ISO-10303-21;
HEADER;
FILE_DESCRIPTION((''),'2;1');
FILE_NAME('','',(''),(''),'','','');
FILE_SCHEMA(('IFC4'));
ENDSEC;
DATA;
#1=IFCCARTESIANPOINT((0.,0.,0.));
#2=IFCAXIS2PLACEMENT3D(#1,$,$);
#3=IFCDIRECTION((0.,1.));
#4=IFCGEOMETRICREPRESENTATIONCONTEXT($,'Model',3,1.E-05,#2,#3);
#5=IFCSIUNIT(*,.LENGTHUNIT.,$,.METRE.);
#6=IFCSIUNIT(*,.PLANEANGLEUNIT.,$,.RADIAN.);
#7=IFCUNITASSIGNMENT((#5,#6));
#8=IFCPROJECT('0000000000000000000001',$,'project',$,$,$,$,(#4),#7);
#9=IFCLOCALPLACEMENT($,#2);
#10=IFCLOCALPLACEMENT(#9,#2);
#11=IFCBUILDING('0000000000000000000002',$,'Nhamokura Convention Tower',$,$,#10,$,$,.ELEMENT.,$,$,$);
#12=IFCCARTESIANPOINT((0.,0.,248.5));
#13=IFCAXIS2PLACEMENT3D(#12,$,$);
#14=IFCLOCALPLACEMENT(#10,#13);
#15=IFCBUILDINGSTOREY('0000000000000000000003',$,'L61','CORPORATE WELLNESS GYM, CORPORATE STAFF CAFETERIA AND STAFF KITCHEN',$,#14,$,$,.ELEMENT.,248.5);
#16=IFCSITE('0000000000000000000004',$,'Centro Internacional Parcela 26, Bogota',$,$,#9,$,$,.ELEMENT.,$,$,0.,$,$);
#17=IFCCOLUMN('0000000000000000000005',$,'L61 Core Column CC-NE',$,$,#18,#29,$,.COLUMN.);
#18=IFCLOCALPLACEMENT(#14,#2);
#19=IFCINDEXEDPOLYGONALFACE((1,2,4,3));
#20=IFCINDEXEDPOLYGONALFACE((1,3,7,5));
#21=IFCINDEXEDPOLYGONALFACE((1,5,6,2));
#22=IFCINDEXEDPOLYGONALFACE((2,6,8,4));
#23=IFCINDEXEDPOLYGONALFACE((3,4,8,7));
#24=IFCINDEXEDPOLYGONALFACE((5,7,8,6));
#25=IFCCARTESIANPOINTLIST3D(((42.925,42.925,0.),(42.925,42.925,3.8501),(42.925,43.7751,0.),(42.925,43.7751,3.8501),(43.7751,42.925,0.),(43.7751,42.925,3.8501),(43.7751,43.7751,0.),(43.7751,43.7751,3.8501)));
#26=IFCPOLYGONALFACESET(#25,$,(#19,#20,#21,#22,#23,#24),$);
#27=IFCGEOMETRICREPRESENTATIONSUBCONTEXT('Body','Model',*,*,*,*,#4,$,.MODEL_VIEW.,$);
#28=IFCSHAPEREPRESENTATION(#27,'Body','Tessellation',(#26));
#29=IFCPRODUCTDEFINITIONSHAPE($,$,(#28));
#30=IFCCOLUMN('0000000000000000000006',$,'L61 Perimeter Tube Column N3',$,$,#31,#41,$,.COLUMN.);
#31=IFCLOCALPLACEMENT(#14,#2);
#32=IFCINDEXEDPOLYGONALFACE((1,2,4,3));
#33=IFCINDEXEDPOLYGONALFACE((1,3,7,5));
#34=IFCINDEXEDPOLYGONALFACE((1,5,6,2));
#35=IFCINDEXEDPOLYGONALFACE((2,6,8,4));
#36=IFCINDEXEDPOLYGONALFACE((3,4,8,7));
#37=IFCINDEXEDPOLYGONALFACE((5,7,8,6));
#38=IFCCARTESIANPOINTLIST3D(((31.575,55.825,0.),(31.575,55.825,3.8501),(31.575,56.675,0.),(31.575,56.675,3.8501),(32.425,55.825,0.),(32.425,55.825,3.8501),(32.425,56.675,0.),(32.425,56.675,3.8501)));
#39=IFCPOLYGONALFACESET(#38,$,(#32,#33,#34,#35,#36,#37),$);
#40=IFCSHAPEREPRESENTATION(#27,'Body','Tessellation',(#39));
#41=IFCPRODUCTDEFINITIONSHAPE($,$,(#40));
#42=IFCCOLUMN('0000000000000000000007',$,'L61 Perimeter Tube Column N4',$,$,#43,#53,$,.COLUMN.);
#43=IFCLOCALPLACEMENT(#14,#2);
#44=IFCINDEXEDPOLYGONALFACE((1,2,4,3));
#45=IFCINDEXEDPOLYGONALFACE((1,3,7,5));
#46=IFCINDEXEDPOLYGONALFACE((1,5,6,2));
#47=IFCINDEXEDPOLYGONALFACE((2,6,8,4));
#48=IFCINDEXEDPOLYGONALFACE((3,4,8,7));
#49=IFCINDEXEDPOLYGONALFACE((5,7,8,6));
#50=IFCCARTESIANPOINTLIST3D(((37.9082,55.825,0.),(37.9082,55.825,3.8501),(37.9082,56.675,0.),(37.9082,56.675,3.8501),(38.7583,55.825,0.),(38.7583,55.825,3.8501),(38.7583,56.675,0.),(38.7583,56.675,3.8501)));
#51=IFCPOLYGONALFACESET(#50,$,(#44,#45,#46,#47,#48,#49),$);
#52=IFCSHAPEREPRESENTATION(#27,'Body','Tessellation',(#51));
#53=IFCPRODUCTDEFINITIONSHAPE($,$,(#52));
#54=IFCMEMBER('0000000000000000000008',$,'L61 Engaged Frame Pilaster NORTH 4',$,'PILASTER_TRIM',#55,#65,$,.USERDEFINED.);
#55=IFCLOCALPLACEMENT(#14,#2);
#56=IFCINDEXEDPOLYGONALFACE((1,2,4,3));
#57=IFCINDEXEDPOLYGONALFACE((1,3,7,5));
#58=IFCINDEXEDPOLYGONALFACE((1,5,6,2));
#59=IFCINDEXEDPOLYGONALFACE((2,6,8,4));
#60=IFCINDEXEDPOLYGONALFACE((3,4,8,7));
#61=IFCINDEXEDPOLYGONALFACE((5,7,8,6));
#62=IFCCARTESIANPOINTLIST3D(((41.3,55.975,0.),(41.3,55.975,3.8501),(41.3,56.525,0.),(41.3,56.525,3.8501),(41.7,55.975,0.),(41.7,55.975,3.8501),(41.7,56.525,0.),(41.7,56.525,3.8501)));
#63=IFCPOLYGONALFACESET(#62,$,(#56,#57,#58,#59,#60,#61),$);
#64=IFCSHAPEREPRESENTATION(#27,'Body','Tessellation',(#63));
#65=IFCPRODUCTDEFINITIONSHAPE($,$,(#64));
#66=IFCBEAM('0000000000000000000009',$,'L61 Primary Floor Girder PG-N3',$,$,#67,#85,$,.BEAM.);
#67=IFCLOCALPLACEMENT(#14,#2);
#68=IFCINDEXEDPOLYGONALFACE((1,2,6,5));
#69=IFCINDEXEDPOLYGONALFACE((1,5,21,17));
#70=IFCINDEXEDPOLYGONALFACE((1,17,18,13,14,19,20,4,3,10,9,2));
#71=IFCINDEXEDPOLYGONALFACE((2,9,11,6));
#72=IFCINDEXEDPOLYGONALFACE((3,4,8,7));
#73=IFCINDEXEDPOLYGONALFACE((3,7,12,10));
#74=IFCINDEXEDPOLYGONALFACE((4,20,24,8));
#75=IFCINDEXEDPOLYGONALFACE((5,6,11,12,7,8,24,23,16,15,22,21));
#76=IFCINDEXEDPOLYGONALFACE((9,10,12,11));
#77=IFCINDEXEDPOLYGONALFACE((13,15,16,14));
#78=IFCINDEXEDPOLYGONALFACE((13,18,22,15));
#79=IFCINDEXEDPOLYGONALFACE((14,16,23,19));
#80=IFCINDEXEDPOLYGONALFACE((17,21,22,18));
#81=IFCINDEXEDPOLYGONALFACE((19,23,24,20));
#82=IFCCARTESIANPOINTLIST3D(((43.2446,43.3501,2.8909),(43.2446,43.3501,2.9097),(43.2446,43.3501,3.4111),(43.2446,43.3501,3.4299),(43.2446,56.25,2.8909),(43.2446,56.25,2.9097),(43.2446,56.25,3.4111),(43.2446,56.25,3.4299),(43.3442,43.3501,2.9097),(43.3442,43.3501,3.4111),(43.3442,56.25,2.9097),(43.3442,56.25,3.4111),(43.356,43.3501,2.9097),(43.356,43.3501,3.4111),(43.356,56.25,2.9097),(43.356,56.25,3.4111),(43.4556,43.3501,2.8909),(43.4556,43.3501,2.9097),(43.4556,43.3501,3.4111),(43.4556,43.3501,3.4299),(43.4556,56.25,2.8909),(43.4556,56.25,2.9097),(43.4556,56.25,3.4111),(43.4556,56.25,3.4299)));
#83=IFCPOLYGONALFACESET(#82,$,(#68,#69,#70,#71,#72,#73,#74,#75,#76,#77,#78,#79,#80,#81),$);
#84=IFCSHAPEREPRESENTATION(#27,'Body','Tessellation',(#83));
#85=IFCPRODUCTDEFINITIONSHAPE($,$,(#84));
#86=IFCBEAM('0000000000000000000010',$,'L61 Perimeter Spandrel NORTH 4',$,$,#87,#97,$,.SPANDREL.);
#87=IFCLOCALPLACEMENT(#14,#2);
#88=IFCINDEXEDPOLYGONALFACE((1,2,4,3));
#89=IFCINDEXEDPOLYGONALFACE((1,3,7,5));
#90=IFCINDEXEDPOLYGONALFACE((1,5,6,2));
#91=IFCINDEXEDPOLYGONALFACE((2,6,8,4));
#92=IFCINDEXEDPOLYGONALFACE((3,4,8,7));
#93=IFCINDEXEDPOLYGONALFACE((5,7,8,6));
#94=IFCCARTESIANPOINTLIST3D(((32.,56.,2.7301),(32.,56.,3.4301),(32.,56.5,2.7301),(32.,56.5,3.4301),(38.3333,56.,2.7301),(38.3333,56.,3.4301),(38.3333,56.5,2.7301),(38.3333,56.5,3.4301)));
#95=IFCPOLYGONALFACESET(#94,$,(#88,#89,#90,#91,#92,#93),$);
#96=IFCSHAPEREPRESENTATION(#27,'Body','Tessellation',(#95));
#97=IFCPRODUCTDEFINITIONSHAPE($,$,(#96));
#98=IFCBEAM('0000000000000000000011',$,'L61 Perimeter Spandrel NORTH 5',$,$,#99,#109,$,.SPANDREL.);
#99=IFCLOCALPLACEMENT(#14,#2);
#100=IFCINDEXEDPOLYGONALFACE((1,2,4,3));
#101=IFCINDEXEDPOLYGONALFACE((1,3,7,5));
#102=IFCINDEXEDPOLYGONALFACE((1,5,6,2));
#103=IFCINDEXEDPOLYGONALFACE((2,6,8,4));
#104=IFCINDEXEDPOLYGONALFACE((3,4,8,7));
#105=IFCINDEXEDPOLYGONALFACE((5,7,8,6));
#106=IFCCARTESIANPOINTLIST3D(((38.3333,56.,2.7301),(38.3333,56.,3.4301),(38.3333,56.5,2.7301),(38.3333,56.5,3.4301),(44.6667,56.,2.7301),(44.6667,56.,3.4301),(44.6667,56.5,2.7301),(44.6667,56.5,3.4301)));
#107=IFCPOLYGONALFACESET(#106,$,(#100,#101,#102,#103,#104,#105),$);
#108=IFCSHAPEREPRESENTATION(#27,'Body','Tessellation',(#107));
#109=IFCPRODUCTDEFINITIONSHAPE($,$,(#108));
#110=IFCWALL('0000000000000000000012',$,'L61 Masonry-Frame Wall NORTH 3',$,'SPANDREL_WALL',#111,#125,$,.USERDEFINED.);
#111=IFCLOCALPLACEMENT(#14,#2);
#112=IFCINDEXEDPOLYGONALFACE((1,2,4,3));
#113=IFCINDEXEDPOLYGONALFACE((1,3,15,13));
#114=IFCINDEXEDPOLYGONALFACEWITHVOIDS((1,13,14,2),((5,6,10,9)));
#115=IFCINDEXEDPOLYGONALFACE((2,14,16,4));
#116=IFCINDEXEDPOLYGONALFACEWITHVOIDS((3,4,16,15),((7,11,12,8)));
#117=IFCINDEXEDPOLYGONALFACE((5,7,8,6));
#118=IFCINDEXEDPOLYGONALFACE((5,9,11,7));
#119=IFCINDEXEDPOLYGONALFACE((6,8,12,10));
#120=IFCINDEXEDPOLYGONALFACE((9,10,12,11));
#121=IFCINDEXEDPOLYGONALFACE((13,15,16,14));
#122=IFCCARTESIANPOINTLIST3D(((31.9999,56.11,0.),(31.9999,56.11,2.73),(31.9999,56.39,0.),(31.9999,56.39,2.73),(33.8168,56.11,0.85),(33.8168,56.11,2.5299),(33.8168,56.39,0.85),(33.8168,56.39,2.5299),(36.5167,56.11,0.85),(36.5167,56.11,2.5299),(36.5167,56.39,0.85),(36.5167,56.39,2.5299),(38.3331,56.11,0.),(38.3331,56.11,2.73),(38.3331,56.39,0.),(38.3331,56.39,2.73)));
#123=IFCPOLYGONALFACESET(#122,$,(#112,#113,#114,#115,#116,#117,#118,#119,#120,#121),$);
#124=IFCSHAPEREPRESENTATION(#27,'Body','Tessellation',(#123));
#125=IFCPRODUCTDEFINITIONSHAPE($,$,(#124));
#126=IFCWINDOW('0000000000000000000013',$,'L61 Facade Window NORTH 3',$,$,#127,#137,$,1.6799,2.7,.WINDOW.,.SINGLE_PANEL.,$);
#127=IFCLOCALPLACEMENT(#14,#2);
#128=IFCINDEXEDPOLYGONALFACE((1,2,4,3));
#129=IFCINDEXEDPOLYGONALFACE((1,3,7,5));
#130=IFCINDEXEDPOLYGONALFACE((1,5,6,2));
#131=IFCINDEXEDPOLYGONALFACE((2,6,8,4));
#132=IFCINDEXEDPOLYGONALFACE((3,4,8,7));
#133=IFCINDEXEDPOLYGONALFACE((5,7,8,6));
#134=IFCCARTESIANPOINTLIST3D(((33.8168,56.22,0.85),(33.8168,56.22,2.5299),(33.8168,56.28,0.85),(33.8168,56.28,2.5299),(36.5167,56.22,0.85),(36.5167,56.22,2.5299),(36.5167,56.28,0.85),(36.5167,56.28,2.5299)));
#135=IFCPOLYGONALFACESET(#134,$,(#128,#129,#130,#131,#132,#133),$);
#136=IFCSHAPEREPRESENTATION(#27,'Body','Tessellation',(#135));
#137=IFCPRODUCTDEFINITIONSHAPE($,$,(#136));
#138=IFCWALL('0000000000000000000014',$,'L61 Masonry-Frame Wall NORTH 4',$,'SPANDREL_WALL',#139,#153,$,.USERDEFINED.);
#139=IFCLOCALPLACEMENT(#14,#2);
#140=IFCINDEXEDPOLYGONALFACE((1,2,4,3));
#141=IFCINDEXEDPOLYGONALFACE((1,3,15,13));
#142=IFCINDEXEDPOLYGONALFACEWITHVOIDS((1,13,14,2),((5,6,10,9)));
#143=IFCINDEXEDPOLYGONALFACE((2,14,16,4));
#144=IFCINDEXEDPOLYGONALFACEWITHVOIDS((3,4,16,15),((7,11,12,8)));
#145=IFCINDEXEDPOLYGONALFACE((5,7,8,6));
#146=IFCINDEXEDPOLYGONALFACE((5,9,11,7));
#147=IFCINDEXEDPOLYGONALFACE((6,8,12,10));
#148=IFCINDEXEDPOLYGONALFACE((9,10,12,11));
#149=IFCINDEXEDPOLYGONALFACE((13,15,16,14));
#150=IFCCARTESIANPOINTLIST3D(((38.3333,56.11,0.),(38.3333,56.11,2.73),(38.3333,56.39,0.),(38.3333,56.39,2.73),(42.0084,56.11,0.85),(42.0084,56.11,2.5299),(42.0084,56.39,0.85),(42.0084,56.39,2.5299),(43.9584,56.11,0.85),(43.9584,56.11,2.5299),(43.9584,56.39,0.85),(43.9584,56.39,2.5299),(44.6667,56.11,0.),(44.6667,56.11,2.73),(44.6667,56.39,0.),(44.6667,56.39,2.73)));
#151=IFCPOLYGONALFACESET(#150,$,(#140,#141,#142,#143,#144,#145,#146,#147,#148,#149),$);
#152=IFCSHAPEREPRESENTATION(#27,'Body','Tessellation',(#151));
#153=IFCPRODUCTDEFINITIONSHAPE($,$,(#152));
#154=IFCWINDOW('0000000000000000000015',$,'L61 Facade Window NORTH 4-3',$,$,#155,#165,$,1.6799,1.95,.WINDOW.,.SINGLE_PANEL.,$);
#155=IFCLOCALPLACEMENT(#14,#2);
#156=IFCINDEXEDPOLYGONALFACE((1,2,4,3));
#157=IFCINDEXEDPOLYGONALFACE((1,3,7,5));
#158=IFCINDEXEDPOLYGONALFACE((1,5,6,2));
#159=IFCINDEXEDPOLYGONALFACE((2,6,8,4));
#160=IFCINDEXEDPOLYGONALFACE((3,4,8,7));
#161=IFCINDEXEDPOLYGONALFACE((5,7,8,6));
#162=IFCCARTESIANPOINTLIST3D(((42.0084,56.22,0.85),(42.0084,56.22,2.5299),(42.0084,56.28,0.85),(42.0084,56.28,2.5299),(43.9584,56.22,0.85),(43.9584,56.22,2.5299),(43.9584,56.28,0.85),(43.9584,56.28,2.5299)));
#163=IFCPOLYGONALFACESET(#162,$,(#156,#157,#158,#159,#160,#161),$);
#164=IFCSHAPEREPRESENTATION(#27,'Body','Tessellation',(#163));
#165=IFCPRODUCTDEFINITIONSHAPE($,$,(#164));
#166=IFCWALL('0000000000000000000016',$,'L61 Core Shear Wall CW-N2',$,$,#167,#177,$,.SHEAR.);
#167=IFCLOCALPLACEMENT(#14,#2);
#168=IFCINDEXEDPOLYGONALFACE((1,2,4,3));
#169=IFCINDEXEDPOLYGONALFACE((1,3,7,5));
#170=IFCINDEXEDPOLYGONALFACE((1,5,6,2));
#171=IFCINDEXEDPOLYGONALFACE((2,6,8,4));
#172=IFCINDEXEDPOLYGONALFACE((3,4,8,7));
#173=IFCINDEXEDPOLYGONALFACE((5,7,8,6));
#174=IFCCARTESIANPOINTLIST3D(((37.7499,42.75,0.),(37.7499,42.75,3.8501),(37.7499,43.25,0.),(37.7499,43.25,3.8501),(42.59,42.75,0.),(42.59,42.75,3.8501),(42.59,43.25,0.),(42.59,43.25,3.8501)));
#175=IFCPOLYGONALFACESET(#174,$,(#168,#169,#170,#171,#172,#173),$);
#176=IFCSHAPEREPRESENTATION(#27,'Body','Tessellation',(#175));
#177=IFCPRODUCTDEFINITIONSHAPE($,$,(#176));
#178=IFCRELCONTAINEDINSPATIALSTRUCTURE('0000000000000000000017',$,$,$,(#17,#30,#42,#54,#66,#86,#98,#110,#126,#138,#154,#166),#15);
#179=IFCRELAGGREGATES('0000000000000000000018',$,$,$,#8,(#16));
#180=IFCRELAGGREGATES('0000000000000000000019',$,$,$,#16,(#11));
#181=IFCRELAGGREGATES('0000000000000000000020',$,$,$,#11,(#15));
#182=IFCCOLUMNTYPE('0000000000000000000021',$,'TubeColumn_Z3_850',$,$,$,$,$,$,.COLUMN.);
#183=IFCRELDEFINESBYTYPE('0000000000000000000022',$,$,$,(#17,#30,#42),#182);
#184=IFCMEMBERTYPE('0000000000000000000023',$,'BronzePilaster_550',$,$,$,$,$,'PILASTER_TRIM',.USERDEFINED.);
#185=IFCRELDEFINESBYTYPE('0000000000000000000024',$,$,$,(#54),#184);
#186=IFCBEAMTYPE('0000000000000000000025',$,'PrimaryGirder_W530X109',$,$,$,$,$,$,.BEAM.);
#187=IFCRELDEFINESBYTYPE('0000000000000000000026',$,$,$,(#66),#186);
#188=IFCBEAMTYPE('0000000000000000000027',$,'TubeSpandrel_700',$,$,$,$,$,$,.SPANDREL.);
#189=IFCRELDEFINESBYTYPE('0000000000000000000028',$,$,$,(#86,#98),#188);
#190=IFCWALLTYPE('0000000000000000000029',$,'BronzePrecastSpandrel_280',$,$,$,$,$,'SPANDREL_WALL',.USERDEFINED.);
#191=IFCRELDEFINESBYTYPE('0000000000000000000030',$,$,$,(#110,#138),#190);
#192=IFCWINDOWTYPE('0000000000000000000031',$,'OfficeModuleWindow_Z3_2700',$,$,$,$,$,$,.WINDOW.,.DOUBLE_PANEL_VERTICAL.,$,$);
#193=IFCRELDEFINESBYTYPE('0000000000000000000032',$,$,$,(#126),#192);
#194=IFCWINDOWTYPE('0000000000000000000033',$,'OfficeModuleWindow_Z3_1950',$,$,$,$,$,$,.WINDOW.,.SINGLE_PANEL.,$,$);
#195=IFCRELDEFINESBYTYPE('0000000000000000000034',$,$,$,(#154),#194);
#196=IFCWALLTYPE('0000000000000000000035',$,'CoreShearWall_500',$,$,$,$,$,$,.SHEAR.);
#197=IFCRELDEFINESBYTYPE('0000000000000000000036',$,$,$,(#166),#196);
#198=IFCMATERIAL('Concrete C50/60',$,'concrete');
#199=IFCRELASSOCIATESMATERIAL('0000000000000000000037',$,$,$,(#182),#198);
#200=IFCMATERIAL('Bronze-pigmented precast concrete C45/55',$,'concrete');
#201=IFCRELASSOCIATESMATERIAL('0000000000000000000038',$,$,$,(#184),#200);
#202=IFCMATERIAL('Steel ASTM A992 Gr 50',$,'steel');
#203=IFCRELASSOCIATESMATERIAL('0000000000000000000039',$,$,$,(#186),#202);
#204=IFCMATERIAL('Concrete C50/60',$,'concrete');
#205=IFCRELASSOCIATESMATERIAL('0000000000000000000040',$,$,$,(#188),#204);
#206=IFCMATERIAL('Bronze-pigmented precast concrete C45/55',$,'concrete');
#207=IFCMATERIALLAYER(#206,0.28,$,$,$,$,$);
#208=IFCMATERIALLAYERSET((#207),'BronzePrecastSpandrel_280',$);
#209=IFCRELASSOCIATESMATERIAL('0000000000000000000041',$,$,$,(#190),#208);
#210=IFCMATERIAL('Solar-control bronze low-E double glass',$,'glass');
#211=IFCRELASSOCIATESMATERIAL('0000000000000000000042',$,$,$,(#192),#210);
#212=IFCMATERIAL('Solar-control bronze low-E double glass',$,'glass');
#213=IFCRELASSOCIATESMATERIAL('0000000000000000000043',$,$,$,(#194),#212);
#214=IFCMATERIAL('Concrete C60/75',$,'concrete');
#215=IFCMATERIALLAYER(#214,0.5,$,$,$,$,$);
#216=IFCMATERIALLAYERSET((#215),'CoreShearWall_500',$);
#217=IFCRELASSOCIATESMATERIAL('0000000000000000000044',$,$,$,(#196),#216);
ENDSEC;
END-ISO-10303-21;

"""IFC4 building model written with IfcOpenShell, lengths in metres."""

from ifc_helpers import new_model, si_unit, direction, frame, frame_2d, origin, origin_2d, place, context, subcontext, project, spatial, rectangle, i_section, extrude, material, layer, layer_set, material_profile, profile_set, type_object, element, fill, save


model = new_model("IFC4")

# Units and contexts
model_context = context("Model", 3, precision=1e-05, world=origin(), true_north=direction((0.0, 1.0)))
body_context = subcontext(model_context, "Body", "Model", "MODEL_VIEW")
ifc_project = project(units=[si_unit("LENGTHUNIT", "METRE"), si_unit("PLANEANGLEUNIT", "RADIAN")], contexts=[model_context])

# Site, building, storey
site_placement = place(None, origin())
site = spatial("IfcSite", under=ifc_project, at=site_placement, Name="Centro Internacional Parcela 26, Bogota", CompositionType="ELEMENT", RefElevation=0.0)
building_placement = place(site_placement, origin())
building = spatial("IfcBuilding", under=site, at=building_placement, Name="Nhamokura Convention Tower", CompositionType="ELEMENT")
storey_placement = place(building_placement, frame((0.0, 0.0, 248.5)))
storey = spatial("IfcBuildingStorey", under=building, at=storey_placement, Name="L61", Description="CORPORATE WELLNESS GYM, CORPORATE STAFF CAFETERIA AND STAFF KITCHEN", CompositionType="ELEMENT", Elevation=248.5)

# Columns
ifc_material_1 = material(Name="Concrete C50/60", Category="concrete")
ifc_material_profile_1 = material_profile(ifc_material_1, rectangle(XDim=0.8501, YDim=0.8501, at=origin_2d()))
ifc_profile_set_1 = profile_set([ifc_material_profile_1], Name="Concrete C50/60")
column_type = type_object("IfcColumnType", Name="TubeColumn_Z3_850", PredefinedType="COLUMN", material=ifc_profile_set_1)
for number, where, z_axis, x_axis, name in (
    (1, (43.3501, 43.3501, 0.0), (0.0, 0.0, 1.0), (1.0, 0.0, 0.0), "L61 Core Column CC-NE"),
    (2, (32.0, 56.25, 0.0), (0.0, 0.0, 1.0), (1.0, 0.0, 0.0), "L61 Perimeter Tube Column N3"),
    (3, (38.3333, 56.25, 0.0), (0.0, 0.0, 1.0), (1.0, 0.0, 0.0), "L61 Perimeter Tube Column N4"),
):
    element("IfcColumn", number, at=place(storey_placement, frame(where, z_axis=z_axis, x_axis=x_axis)), inside=storey, type_object=column_type, Name=name, PredefinedType="COLUMN", context=body_context, shape_type="SweptSolid", body=[
        extrude(rectangle(XDim=0.8501, YDim=0.8501, at=origin_2d()), origin(), (0.0, 0.0, 1.0), 3.8501),
    ])

# Member
ifc_material_2 = material(Name="Bronze-pigmented precast concrete C45/55", Category="concrete")
ifc_material_profile_2 = material_profile(ifc_material_2, rectangle(XDim=0.3999, YDim=0.55, at=origin_2d()))
ifc_profile_set_2 = profile_set([ifc_material_profile_2], Name="Bronze-pigmented precast concrete C45/55")
member_type = type_object("IfcMemberType", Name="BronzePilaster_550", ElementType="PILASTER_TRIM", PredefinedType="USERDEFINED", material=ifc_profile_set_2)
member_placement = place(storey_placement, frame((41.5, 56.25, 0.0), z_axis=(0.0, 0.0, 1.0), x_axis=(1.0, 0.0, 0.0)))
element("IfcMember", 4, at=member_placement, inside=storey, type_object=member_type, Name="L61 Engaged Frame Pilaster NORTH 4", ObjectType="PILASTER_TRIM", PredefinedType="USERDEFINED", context=body_context, shape_type="SweptSolid", body=[
    extrude(rectangle(XDim=0.3999, YDim=0.55, at=origin_2d()), origin(), (0.0, 0.0, 1.0), 3.8501),
])

# Beams
ifc_material_3 = material(Name="Steel ASTM A992 Gr 50", Category="steel")
ifc_material_profile_3 = material_profile(ifc_material_3, i_section(OverallWidth=0.2109, OverallDepth=0.5391, WebThickness=0.0117, FlangeThickness=0.0188, at=origin_2d()))
ifc_profile_set_3 = profile_set([ifc_material_profile_3], Name="Steel ASTM A992 Gr 50")
beam_type_1 = type_object("IfcBeamType", Name="PrimaryGirder_W530X109", PredefinedType="BEAM", material=ifc_profile_set_3)
beam_1_placement = place(storey_placement, frame((43.3501, 43.3501, 3.1604), z_axis=(0.0, 1.0, 0.0), x_axis=(-1.0, 0.0, 0.0)))
element("IfcBeam", 5, at=beam_1_placement, inside=storey, type_object=beam_type_1, Name="L61 Primary Floor Girder PG-N3", PredefinedType="BEAM", context=body_context, shape_type="SweptSolid", body=[
    extrude(i_section(OverallWidth=0.2109, OverallDepth=0.5391, WebThickness=0.0117, FlangeThickness=0.0188, at=origin_2d()), origin(), (0.0, 0.0, 1.0), 12.8999),
])
ifc_material_4 = material(Name="Concrete C50/60", Category="concrete")
ifc_material_profile_4 = material_profile(ifc_material_4, rectangle(XDim=0.5, YDim=0.7, at=origin_2d()))
ifc_profile_set_4 = profile_set([ifc_material_profile_4], Name="Concrete C50/60")
beam_type_2 = type_object("IfcBeamType", Name="TubeSpandrel_700", PredefinedType="SPANDREL", material=ifc_profile_set_4)
beam_2_placement = place(storey_placement, frame((32.0, 56.25, 3.0801), z_axis=(1.0, 0.0, 0.0), x_axis=(0.0, 1.0, 0.0)))
element("IfcBeam", 6, at=beam_2_placement, inside=storey, type_object=beam_type_2, Name="L61 Perimeter Spandrel NORTH 4", PredefinedType="SPANDREL", context=body_context, shape_type="SweptSolid", body=[
    extrude(rectangle(XDim=0.5, YDim=0.7, at=origin_2d()), origin(), (0.0, 0.0, 1.0), 6.3333),
])
beam_3_placement = place(storey_placement, frame((38.3333, 56.25, 3.0801), z_axis=(1.0, 0.0, 0.0), x_axis=(0.0, 1.0, 0.0)))
element("IfcBeam", 7, at=beam_3_placement, inside=storey, type_object=beam_type_2, Name="L61 Perimeter Spandrel NORTH 5", PredefinedType="SPANDREL", context=body_context, shape_type="SweptSolid", body=[
    extrude(rectangle(XDim=0.5, YDim=0.7, at=origin_2d()), origin(), (0.0, 0.0, 1.0), 6.3335),
])

# Walls, openings, windows
ifc_material_5 = material(Name="Bronze-pigmented precast concrete C45/55", Category="concrete")
ifc_layer_1 = layer(ifc_material_5, 0.28)
ifc_layer_set_1 = layer_set([ifc_layer_1], Name="BronzePrecastSpandrel_280")
wall_type_1 = type_object("IfcWallType", Name="BronzePrecastSpandrel_280", ElementType="SPANDREL_WALL", PredefinedType="USERDEFINED", material=ifc_layer_set_1)
wall_1_placement = place(storey_placement, frame((32.0, 56.25, 0.0), z_axis=(0.0, 0.0, 1.0), x_axis=(1.0, 0.0, 0.0)))
wall_1 = element("IfcWall", 8, at=wall_1_placement, inside=storey, type_object=wall_type_1, Name="L61 Masonry-Frame Wall NORTH 3", ObjectType="SPANDREL_WALL", PredefinedType="USERDEFINED", context=body_context, shape_type="SweptSolid", body=[
    extrude(rectangle(XDim=6.3333, YDim=0.28, at=frame_2d((3.1665, 0.0))), origin(), (0.0, 0.0, 1.0), 2.73),
])
opening_1_placement = place(wall_1_placement, frame((1.8167, 0.0, 0.8501)))
opening_1 = element("IfcOpeningElement", 9, at=opening_1_placement, cuts=wall_1, PredefinedType="OPENING", context=body_context, shape_type="SweptSolid", body=[
    extrude(rectangle(XDim=2.7, YDim=1.6799, at=frame_2d((1.3501, 0.8398))), frame((0.0, 0.1499, 0.0), z_axis=(0.0, -1.0, 0.0), x_axis=(1.0, 0.0, 0.0)), (0.0, 0.0, 1.0), 0.3),
])
ifc_material_6 = material(Name="Solar-control bronze low-E double glass", Category="glass")
window_type_1 = type_object("IfcWindowType", Name="OfficeModuleWindow_Z3_2700", PartitioningType="DOUBLE_PANEL_VERTICAL", PredefinedType="WINDOW", material=ifc_material_6)
window_1_placement = place(opening_1_placement, origin())
window_1 = element("IfcWindow", 10, at=window_1_placement, inside=storey, type_object=window_type_1, Name="L61 Facade Window NORTH 3", OverallHeight=1.6799, OverallWidth=2.7, PartitioningType="SINGLE_PANEL", PredefinedType="WINDOW", context=body_context, shape_type="SweptSolid", body=[
    extrude(rectangle(XDim=2.7, YDim=1.6799, at=frame_2d((1.3501, 0.8398))), frame((0.0, 0.03, 0.0), z_axis=(0.0, -1.0, 0.0), x_axis=(1.0, 0.0, 0.0)), (0.0, 0.0, 1.0), 0.0601),
])
fill(opening_1, window_1)
wall_2_placement = place(storey_placement, frame((38.3333, 56.25, 0.0), z_axis=(0.0, 0.0, 1.0), x_axis=(1.0, 0.0, 0.0)))
wall_2 = element("IfcWall", 11, at=wall_2_placement, inside=storey, type_object=wall_type_1, Name="L61 Masonry-Frame Wall NORTH 4", ObjectType="SPANDREL_WALL", PredefinedType="USERDEFINED", context=body_context, shape_type="SweptSolid", body=[
    extrude(rectangle(XDim=6.3335, YDim=0.28, at=frame_2d((3.1667, 0.0))), origin(), (0.0, 0.0, 1.0), 2.73),
])
opening_2_placement = place(wall_2_placement, frame((3.675, 0.0, 0.8501)))
opening_2 = element("IfcOpeningElement", 12, at=opening_2_placement, cuts=wall_2, PredefinedType="OPENING", context=body_context, shape_type="SweptSolid", body=[
    extrude(rectangle(XDim=1.95, YDim=1.6799, at=frame_2d((0.9751, 0.8398))), frame((0.0, 0.1499, 0.0), z_axis=(0.0, -1.0, 0.0), x_axis=(1.0, 0.0, 0.0)), (0.0, 0.0, 1.0), 0.3),
])
ifc_material_7 = material(Name="Solar-control bronze low-E double glass", Category="glass")
window_type_2 = type_object("IfcWindowType", Name="OfficeModuleWindow_Z3_1950", PartitioningType="SINGLE_PANEL", PredefinedType="WINDOW", material=ifc_material_7)
window_2_placement = place(opening_2_placement, origin())
window_2 = element("IfcWindow", 13, at=window_2_placement, inside=storey, type_object=window_type_2, Name="L61 Facade Window NORTH 4-3", OverallHeight=1.6799, OverallWidth=1.95, PartitioningType="SINGLE_PANEL", PredefinedType="WINDOW", context=body_context, shape_type="SweptSolid", body=[
    extrude(rectangle(XDim=1.95, YDim=1.6799, at=frame_2d((0.9751, 0.8398))), frame((0.0, 0.03, 0.0), z_axis=(0.0, -1.0, 0.0), x_axis=(1.0, 0.0, 0.0)), (0.0, 0.0, 1.0), 0.0601),
])
fill(opening_2, window_2)

# Wall
ifc_material_8 = material(Name="Concrete C60/75", Category="concrete")
ifc_layer_2 = layer(ifc_material_8, 0.5)
ifc_layer_set_2 = layer_set([ifc_layer_2], Name="CoreShearWall_500")
wall_type_2 = type_object("IfcWallType", Name="CoreShearWall_500", PredefinedType="SHEAR", material=ifc_layer_set_2)
wall_3_placement = place(storey_placement, frame((37.75, 43.0, 0.0), z_axis=(0.0, 0.0, 1.0), x_axis=(1.0, 0.0, 0.0)))
element("IfcWall", 14, at=wall_3_placement, inside=storey, type_object=wall_type_2, Name="L61 Core Shear Wall CW-N2", PredefinedType="SHEAR", context=body_context, shape_type="SweptSolid", body=[
    extrude(rectangle(XDim=4.8401, YDim=0.5, at=frame_2d((2.4199, 0.0))), origin(), (0.0, 0.0, 1.0), 3.8501),
])

save(model, "model.ifc")
